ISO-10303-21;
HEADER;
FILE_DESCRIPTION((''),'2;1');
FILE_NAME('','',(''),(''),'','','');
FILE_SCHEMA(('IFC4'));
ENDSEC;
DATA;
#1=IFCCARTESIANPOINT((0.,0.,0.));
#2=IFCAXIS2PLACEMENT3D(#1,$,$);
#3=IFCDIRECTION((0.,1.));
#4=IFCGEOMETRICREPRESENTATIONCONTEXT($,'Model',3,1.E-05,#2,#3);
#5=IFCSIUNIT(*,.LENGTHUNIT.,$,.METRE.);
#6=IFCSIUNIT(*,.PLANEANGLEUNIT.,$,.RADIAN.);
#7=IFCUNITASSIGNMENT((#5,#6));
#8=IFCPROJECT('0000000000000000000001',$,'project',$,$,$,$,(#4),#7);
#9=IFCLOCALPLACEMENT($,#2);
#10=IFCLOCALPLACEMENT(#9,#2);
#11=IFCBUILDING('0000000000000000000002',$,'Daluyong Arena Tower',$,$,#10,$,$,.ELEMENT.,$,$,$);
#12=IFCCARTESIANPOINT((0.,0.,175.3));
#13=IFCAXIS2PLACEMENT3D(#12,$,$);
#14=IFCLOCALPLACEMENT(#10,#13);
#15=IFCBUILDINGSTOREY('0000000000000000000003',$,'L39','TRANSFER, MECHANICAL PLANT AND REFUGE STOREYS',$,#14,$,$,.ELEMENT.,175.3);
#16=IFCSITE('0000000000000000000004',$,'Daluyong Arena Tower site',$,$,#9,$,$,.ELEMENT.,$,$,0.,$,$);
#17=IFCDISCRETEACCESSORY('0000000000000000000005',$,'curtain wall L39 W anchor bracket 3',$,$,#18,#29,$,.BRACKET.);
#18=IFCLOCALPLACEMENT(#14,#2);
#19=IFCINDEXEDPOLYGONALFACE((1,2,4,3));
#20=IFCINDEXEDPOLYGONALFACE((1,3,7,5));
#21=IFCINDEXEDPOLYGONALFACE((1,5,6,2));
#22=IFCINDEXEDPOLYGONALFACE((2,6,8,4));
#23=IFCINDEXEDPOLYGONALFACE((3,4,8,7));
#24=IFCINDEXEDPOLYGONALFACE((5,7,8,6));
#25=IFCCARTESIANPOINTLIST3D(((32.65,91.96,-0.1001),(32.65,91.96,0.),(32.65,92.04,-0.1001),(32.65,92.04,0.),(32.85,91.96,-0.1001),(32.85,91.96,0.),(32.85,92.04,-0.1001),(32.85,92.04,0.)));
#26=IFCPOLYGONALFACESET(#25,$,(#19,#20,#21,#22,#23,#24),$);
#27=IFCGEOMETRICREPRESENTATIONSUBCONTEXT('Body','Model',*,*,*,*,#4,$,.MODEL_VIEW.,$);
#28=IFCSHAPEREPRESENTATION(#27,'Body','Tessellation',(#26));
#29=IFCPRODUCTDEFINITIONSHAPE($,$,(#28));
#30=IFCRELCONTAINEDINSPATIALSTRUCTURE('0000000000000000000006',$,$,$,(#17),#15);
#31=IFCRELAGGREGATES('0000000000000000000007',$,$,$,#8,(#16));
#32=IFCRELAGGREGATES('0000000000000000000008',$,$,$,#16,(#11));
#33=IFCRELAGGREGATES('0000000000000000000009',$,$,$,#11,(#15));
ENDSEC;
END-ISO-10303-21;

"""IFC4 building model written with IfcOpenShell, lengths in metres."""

from ifc_helpers import new_model, si_unit, direction, frame, origin, origin_2d, place, context, subcontext, project, spatial, rectangle, extrude, element, save


model = new_model("IFC4")

# Units and contexts
model_context = context("Model", 3, precision=1e-05, world=origin(), true_north=direction((0.0, 1.0)))
body_context = subcontext(model_context, "Body", "Model", "MODEL_VIEW")
ifc_project = project(units=[si_unit("LENGTHUNIT", "METRE"), si_unit("PLANEANGLEUNIT", "RADIAN")], contexts=[model_context])

# Site, building, storey
site_placement = place(None, origin())
site = spatial("IfcSite", under=ifc_project, at=site_placement, Name="Daluyong Arena Tower site", CompositionType="ELEMENT", RefElevation=0.0)
building_placement = place(site_placement, origin())
building = spatial("IfcBuilding", under=site, at=building_placement, Name="Daluyong Arena Tower", CompositionType="ELEMENT")
storey_placement = place(building_placement, frame((0.0, 0.0, 175.3)))
storey = spatial("IfcBuildingStorey", under=building, at=storey_placement, Name="L39", Description="TRANSFER, MECHANICAL PLANT AND REFUGE STOREYS", CompositionType="ELEMENT", Elevation=175.3)

# Discrete accessory
for number, where, z_axis, x_axis, name in (
    (1, (32.75, 92.0, -0.1001), (0.0, 0.0, 1.0), (0.0, -1.0, 0.0), "curtain wall L39 W anchor bracket 3"),
):
    element("IfcDiscreteAccessory", number, at=place(storey_placement, frame(where, z_axis=z_axis, x_axis=x_axis)), inside=storey, Name=name, PredefinedType="BRACKET", context=body_context, shape_type="SweptSolid", body=[
        extrude(rectangle(XDim=0.0801, YDim=0.2, at=origin_2d()), origin(), (0.0, 0.0, 1.0), 0.1001),
    ])

save(model, "model.ifc")
